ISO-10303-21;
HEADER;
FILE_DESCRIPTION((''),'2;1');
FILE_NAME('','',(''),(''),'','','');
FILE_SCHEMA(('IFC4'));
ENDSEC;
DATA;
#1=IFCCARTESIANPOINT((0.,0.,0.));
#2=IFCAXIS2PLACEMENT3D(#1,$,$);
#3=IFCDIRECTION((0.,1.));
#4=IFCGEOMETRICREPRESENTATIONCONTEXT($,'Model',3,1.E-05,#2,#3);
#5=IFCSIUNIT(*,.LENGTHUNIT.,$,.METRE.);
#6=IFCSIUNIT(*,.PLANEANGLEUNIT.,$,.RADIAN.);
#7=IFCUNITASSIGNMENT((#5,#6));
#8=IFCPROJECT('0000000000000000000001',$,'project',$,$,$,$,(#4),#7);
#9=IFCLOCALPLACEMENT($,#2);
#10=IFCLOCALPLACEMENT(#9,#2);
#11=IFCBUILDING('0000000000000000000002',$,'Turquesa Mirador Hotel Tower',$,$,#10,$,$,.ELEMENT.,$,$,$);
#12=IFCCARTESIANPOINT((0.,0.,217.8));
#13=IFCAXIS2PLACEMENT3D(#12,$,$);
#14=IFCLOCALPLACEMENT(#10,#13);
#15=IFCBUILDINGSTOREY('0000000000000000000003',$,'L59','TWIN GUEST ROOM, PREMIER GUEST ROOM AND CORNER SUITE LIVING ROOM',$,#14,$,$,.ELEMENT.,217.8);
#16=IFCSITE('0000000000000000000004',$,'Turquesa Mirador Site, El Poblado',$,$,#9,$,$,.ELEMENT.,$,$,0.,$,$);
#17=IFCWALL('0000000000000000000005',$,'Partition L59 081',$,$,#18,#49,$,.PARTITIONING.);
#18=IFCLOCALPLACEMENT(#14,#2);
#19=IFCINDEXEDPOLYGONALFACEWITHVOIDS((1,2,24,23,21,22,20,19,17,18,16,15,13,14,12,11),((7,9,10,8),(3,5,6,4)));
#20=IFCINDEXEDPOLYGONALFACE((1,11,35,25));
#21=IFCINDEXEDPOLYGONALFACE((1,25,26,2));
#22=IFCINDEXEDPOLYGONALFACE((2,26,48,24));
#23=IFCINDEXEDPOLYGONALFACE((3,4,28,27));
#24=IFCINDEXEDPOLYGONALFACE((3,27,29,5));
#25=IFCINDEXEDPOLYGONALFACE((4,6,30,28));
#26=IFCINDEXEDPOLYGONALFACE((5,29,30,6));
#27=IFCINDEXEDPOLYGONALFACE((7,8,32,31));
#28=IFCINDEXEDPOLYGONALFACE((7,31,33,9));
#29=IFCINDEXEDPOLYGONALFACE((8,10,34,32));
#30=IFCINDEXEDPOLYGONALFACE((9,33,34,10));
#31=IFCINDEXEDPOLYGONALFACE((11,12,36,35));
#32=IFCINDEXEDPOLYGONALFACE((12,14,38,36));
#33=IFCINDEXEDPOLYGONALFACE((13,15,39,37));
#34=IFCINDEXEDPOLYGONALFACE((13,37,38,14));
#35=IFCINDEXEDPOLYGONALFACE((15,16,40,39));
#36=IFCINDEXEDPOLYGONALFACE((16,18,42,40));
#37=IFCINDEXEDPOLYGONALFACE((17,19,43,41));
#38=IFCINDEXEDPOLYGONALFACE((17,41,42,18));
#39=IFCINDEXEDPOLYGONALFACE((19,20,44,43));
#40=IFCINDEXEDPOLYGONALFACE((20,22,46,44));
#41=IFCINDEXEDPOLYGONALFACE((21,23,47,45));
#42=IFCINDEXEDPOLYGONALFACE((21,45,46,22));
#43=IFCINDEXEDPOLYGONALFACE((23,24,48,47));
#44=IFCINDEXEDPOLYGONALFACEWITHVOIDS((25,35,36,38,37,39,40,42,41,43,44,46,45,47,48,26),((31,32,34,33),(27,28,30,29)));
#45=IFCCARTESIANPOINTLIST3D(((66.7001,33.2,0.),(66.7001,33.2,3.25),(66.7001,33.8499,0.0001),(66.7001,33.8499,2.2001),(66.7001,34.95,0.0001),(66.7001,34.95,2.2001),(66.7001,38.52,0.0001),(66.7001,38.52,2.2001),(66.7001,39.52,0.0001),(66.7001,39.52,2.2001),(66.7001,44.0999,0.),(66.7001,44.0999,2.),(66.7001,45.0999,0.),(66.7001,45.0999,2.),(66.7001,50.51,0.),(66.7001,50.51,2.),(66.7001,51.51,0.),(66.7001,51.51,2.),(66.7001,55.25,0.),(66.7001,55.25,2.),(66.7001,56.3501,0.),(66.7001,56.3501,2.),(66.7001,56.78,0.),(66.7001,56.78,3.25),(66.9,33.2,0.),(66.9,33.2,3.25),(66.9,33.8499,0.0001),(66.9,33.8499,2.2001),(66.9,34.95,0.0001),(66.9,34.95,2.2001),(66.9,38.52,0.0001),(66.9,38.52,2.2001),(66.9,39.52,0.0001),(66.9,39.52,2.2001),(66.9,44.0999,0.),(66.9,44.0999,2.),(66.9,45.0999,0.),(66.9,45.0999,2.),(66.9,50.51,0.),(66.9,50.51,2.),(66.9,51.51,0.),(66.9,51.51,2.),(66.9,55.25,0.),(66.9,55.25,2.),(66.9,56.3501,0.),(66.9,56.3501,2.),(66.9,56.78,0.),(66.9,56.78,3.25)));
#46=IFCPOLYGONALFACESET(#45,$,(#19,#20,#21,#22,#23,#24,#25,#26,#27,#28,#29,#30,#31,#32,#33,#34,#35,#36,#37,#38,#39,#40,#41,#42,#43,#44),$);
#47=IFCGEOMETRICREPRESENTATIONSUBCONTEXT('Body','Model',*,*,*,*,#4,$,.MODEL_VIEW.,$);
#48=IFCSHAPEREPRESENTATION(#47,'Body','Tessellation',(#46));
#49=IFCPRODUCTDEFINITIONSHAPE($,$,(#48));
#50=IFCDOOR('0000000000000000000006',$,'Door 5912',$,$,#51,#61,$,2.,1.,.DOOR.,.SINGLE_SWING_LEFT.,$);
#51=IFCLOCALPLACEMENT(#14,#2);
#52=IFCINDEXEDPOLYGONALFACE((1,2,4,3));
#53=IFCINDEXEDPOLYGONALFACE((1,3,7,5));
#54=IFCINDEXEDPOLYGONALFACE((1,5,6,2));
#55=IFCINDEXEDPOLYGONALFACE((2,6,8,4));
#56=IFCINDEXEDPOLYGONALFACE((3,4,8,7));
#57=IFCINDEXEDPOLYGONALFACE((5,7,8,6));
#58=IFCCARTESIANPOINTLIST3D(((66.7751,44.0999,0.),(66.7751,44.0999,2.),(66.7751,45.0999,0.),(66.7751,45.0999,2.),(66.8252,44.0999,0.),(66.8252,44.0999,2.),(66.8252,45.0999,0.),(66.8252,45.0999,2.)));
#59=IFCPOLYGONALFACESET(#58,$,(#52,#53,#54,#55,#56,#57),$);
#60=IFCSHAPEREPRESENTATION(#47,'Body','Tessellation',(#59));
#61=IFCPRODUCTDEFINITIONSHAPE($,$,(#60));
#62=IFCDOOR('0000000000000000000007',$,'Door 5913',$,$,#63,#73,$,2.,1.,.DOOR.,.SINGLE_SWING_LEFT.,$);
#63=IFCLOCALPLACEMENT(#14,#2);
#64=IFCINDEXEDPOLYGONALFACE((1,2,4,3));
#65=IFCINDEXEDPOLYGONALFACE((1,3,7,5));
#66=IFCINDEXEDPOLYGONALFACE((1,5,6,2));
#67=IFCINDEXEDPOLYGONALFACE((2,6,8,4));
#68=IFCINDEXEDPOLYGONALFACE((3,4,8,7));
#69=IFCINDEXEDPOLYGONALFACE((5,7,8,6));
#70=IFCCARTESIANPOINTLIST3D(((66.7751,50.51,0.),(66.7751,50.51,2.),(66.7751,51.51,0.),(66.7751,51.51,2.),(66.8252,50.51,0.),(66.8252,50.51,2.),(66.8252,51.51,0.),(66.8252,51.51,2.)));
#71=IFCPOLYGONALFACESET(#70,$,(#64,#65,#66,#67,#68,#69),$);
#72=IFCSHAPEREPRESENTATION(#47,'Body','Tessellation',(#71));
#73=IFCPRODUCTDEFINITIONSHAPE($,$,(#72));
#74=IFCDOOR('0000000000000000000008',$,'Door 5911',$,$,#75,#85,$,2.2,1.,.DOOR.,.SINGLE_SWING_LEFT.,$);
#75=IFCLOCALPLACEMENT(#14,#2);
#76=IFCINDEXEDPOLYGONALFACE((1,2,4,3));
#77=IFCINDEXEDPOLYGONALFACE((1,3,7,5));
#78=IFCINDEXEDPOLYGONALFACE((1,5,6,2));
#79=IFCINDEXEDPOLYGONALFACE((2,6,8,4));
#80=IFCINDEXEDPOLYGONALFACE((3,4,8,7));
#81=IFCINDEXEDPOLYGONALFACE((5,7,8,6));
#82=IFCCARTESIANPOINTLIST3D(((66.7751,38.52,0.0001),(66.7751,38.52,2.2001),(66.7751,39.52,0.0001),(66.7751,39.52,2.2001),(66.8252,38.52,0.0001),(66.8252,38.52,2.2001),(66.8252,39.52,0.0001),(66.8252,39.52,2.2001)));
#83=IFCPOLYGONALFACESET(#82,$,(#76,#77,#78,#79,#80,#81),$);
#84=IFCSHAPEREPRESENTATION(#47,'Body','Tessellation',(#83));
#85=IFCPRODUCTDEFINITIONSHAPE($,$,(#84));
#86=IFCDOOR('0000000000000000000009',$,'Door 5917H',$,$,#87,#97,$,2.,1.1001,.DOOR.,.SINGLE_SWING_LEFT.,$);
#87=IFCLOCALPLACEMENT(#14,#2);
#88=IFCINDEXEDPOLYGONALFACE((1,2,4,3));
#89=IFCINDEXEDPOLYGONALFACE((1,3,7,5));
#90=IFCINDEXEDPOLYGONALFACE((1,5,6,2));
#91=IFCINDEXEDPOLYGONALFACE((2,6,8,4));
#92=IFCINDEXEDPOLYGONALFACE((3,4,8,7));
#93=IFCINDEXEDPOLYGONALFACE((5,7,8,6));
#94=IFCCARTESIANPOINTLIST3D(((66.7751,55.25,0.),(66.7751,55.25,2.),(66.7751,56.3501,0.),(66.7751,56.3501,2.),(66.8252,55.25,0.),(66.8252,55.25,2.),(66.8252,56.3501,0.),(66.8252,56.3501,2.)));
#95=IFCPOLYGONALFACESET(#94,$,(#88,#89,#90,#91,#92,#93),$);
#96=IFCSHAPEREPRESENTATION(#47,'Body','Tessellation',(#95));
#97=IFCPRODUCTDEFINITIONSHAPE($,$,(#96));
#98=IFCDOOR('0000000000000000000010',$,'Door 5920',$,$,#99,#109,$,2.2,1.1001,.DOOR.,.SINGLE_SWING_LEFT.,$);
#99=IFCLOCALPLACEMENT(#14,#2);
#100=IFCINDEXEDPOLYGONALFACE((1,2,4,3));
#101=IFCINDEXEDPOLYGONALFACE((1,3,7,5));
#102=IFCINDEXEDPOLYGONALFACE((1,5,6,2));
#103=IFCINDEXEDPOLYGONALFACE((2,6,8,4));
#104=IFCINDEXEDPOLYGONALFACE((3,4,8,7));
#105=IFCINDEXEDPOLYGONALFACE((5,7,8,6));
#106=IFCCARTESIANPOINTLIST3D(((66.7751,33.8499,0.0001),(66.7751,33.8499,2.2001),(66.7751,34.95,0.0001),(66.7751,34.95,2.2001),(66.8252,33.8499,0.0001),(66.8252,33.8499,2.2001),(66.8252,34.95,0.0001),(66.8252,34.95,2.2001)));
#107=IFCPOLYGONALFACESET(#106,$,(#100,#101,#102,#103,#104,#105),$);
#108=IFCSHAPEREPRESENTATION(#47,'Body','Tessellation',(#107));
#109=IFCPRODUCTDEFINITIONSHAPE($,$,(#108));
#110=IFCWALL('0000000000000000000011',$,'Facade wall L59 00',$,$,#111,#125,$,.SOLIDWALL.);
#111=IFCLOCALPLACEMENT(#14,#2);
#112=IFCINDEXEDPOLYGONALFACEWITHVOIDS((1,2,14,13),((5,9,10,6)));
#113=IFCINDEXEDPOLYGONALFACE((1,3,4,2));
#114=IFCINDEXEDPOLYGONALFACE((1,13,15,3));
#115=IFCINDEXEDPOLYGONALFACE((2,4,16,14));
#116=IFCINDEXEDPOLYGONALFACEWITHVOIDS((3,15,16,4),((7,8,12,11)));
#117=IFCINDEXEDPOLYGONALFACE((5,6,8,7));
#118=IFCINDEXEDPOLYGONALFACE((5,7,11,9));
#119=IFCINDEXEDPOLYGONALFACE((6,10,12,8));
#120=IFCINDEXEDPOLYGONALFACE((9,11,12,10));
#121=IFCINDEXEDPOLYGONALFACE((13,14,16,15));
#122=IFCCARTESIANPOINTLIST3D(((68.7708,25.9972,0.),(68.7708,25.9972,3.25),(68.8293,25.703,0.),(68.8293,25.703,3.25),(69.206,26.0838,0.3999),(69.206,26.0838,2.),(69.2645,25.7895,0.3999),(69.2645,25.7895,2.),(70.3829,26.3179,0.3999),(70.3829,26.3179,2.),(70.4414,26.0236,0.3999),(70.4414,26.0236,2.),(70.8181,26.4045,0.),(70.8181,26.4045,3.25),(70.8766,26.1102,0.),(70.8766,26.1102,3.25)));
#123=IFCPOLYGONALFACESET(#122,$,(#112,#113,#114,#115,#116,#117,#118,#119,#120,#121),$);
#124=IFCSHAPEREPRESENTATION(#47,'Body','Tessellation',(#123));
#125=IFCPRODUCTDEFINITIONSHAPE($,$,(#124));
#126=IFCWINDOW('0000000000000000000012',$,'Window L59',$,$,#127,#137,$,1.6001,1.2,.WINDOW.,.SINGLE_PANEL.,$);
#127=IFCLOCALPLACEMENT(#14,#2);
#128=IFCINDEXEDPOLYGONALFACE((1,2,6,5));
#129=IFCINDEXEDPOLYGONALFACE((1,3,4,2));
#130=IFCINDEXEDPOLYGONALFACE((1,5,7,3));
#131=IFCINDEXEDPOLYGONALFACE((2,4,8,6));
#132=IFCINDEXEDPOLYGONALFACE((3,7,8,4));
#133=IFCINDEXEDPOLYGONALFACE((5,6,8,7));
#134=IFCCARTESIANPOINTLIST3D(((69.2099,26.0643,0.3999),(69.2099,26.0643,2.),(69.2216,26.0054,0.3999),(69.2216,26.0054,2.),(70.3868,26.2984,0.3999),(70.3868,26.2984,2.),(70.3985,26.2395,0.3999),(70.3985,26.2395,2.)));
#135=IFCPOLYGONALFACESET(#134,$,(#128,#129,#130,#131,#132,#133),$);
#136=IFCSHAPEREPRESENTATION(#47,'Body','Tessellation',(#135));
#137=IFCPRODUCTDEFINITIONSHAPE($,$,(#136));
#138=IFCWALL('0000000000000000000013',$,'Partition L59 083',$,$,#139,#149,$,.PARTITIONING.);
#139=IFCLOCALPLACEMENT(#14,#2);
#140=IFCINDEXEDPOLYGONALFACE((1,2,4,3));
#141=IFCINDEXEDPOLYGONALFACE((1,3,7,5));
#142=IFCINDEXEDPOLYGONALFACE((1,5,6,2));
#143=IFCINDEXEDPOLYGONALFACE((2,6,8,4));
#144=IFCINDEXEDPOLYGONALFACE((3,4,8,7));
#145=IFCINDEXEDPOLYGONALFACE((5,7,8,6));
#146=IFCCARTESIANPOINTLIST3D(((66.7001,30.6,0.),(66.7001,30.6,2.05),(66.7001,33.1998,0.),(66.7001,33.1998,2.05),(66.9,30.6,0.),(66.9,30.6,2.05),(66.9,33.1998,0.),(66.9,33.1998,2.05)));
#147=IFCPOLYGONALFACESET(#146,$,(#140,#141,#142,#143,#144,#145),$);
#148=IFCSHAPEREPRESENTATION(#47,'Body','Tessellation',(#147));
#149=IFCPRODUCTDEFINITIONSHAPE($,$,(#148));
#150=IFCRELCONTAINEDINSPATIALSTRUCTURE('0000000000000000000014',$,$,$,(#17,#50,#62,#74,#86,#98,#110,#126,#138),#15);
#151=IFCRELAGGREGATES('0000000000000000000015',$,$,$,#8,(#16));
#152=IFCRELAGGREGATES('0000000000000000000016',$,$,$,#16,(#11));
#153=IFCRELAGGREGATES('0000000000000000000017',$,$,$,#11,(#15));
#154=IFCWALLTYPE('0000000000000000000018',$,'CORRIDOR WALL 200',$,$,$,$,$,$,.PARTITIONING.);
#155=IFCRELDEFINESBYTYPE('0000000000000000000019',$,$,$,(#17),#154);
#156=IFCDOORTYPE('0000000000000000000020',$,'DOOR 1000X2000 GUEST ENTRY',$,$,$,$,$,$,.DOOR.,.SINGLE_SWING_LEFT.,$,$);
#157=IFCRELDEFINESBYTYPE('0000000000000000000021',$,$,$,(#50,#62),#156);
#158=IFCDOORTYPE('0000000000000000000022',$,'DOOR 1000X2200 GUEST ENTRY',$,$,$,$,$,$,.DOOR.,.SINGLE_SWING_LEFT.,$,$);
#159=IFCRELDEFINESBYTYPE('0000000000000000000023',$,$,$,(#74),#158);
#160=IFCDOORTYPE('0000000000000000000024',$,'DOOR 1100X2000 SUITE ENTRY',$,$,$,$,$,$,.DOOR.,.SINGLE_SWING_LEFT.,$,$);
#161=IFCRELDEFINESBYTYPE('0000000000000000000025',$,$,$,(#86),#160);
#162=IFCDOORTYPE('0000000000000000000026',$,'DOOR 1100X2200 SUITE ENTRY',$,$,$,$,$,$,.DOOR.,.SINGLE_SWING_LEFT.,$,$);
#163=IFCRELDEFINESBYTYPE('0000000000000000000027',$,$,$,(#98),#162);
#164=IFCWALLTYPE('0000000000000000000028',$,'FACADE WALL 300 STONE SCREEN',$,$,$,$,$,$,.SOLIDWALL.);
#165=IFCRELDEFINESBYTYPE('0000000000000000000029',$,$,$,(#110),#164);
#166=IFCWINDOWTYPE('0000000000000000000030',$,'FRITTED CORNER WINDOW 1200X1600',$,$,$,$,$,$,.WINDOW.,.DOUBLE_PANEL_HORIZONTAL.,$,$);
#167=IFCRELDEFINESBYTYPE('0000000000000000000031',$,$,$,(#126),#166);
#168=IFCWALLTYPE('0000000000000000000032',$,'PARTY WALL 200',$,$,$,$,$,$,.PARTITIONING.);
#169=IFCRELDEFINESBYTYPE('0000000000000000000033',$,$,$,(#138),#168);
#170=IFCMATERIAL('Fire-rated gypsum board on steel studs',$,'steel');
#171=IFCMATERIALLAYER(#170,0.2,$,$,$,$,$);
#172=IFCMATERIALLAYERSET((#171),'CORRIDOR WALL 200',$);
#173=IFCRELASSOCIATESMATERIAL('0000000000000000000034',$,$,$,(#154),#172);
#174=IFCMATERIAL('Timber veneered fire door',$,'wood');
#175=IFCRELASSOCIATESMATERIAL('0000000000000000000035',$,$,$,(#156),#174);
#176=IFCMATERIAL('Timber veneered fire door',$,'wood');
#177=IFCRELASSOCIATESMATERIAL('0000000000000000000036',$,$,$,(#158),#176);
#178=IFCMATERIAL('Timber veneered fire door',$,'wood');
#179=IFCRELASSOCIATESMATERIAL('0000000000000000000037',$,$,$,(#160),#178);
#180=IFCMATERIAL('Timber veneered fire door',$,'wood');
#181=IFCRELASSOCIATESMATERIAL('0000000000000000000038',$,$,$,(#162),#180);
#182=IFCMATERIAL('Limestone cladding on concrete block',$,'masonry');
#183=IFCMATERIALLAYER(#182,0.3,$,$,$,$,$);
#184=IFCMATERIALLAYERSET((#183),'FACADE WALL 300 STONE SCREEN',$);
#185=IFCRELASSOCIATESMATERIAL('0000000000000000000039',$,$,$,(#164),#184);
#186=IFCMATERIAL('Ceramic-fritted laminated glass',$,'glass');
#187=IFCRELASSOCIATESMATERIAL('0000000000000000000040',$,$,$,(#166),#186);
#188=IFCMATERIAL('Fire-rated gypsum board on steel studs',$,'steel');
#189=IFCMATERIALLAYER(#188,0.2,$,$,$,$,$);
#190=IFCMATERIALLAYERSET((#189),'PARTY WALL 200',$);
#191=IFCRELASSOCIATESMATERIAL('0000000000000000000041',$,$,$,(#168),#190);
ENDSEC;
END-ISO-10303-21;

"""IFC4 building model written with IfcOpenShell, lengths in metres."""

from ifc_helpers import new_model, si_unit, direction, frame, frame_2d, origin, place, context, subcontext, project, spatial, rectangle, extrude, material, layer, layer_set, type_object, element, fill, save


model = new_model("IFC4")

# Units and contexts
model_context = context("Model", 3, precision=1e-05, world=origin(), true_north=direction((0.0, 1.0)))
body_context = subcontext(model_context, "Body", "Model", "MODEL_VIEW")
ifc_project = project(units=[si_unit("LENGTHUNIT", "METRE"), si_unit("PLANEANGLEUNIT", "RADIAN")], contexts=[model_context])

# Site, building, storey
site_placement = place(None, origin())
site = spatial("IfcSite", under=ifc_project, at=site_placement, Name="Turquesa Mirador Site, El Poblado", CompositionType="ELEMENT", RefElevation=0.0)
building_placement = place(site_placement, origin())
building = spatial("IfcBuilding", under=site, at=building_placement, Name="Turquesa Mirador Hotel Tower", CompositionType="ELEMENT")
storey_placement = place(building_placement, frame((0.0, 0.0, 217.8)))
storey = spatial("IfcBuildingStorey", under=building, at=storey_placement, Name="L59", Description="TWIN GUEST ROOM, PREMIER GUEST ROOM AND CORNER SUITE LIVING ROOM", CompositionType="ELEMENT", Elevation=217.8)

# Wall, openings, doors
ifc_material_1 = material(Name="Fire-rated gypsum board on steel studs", Category="steel")
ifc_layer_1 = layer(ifc_material_1, 0.2)
ifc_layer_set_1 = layer_set([ifc_layer_1], Name="CORRIDOR WALL 200")
wall_type_1 = type_object("IfcWallType", Name="CORRIDOR WALL 200", PredefinedType="PARTITIONING", material=ifc_layer_set_1)
wall_1_placement = place(storey_placement, frame((66.8, 33.2, 0.0), z_axis=(0.0, 0.0, 1.0), x_axis=(0.0, 1.0, 0.0)))
wall_1 = element("IfcWall", 1, at=wall_1_placement, inside=storey, type_object=wall_type_1, Name="Partition L59 081", PredefinedType="PARTITIONING", context=body_context, shape_type="SweptSolid", body=[
    extrude(rectangle(XDim=23.5801, YDim=0.2, at=frame_2d((11.79, 0.0))), origin(), (0.0, 0.0, 1.0), 3.25),
])
opening_1_placement = place(wall_1_placement, frame((5.3201, 0.0, 0.0)))
opening_1 = element("IfcOpeningElement", 2, at=opening_1_placement, cuts=wall_1, PredefinedType="OPENING", context=body_context, shape_type="SweptSolid", body=[
    extrude(rectangle(XDim=1.0, YDim=2.2, at=frame_2d((0.5, 1.1001))), frame((0.0, 0.1099, 0.0), z_axis=(0.0, -1.0, 0.0), x_axis=(1.0, 0.0, 0.0)), (0.0, 0.0, 1.0), 0.22),
])
opening_2_placement = place(wall_1_placement, frame((10.8999, 0.0, 0.0)))
opening_2 = element("IfcOpeningElement", 3, at=opening_2_placement, cuts=wall_1, PredefinedType="OPENING", context=body_context, shape_type="SweptSolid", body=[
    extrude(rectangle(XDim=1.0, YDim=2.0, at=frame_2d((0.5, 1.0))), frame((0.0, 0.1099, 0.0), z_axis=(0.0, -1.0, 0.0), x_axis=(1.0, 0.0, 0.0)), (0.0, 0.0, 1.0), 0.22),
])
opening_3_placement = place(wall_1_placement, frame((17.3101, 0.0, 0.0)))
opening_3 = element("IfcOpeningElement", 4, at=opening_3_placement, cuts=wall_1, PredefinedType="OPENING", context=body_context, shape_type="SweptSolid", body=[
    extrude(rectangle(XDim=1.0, YDim=2.0, at=frame_2d((0.5, 1.0))), frame((0.0, 0.1099, 0.0), z_axis=(0.0, -1.0, 0.0), x_axis=(1.0, 0.0, 0.0)), (0.0, 0.0, 1.0), 0.22),
])
opening_4_placement = place(wall_1_placement, frame((22.05, 0.0, 0.0)))
opening_4 = element("IfcOpeningElement", 5, at=opening_4_placement, cuts=wall_1, PredefinedType="OPENING", context=body_context, shape_type="SweptSolid", body=[
    extrude(rectangle(XDim=1.1001, YDim=2.0, at=frame_2d((0.55, 1.0))), frame((0.0, 0.1099, 0.0), z_axis=(0.0, -1.0, 0.0), x_axis=(1.0, 0.0, 0.0)), (0.0, 0.0, 1.0), 0.22),
])
opening_5_placement = place(wall_1_placement, frame((0.6499, 0.0, 0.0)))
opening_5 = element("IfcOpeningElement", 6, at=opening_5_placement, cuts=wall_1, PredefinedType="OPENING", context=body_context, shape_type="SweptSolid", body=[
    extrude(rectangle(XDim=1.1001, YDim=2.2, at=frame_2d((0.55, 1.1001))), frame((0.0, 0.1099, 0.0), z_axis=(0.0, -1.0, 0.0), x_axis=(1.0, 0.0, 0.0)), (0.0, 0.0, 1.0), 0.22),
])
ifc_material_2 = material(Name="Timber veneered fire door", Category="wood")
door_type_1 = type_object("IfcDoorType", Name="DOOR 1000X2000 GUEST ENTRY", OperationType="SINGLE_SWING_LEFT", PredefinedType="DOOR", material=ifc_material_2)
door_1_placement = place(opening_2_placement, origin())
door_1 = element("IfcDoor", 7, at=door_1_placement, inside=storey, type_object=door_type_1, Name="Door 5912", OperationType="SINGLE_SWING_LEFT", OverallHeight=2.0, OverallWidth=1.0, PredefinedType="DOOR", context=body_context, shape_type="SweptSolid", body=[
    extrude(rectangle(XDim=1.0, YDim=2.0, at=frame_2d((0.5, 1.0))), frame((0.0, 0.0249, 0.0), z_axis=(0.0, -1.0, 0.0), x_axis=(1.0, 0.0, 0.0)), (0.0, 0.0, 1.0), 0.05),
])
fill(opening_2, door_1)
door_2_placement = place(opening_3_placement, origin())
door_2 = element("IfcDoor", 8, at=door_2_placement, inside=storey, type_object=door_type_1, Name="Door 5913", OperationType="SINGLE_SWING_LEFT", OverallHeight=2.0, OverallWidth=1.0, PredefinedType="DOOR", context=body_context, shape_type="SweptSolid", body=[
    extrude(rectangle(XDim=1.0, YDim=2.0, at=frame_2d((0.5, 1.0))), frame((0.0, 0.0249, 0.0), z_axis=(0.0, -1.0, 0.0), x_axis=(1.0, 0.0, 0.0)), (0.0, 0.0, 1.0), 0.05),
])
fill(opening_3, door_2)
ifc_material_3 = material(Name="Timber veneered fire door", Category="wood")
door_type_2 = type_object("IfcDoorType", Name="DOOR 1000X2200 GUEST ENTRY", OperationType="SINGLE_SWING_LEFT", PredefinedType="DOOR", material=ifc_material_3)
door_3_placement = place(opening_1_placement, origin())
door_3 = element("IfcDoor", 9, at=door_3_placement, inside=storey, type_object=door_type_2, Name="Door 5911", OperationType="SINGLE_SWING_LEFT", OverallHeight=2.2, OverallWidth=1.0, PredefinedType="DOOR", context=body_context, shape_type="SweptSolid", body=[
    extrude(rectangle(XDim=1.0, YDim=2.2, at=frame_2d((0.5, 1.1001))), frame((0.0, 0.0249, 0.0), z_axis=(0.0, -1.0, 0.0), x_axis=(1.0, 0.0, 0.0)), (0.0, 0.0, 1.0), 0.05),
])
fill(opening_1, door_3)
ifc_material_4 = material(Name="Timber veneered fire door", Category="wood")
door_type_3 = type_object("IfcDoorType", Name="DOOR 1100X2000 SUITE ENTRY", OperationType="SINGLE_SWING_LEFT", PredefinedType="DOOR", material=ifc_material_4)
door_4_placement = place(opening_4_placement, origin())
door_4 = element("IfcDoor", 10, at=door_4_placement, inside=storey, type_object=door_type_3, Name="Door 5917H", OperationType="SINGLE_SWING_LEFT", OverallHeight=2.0, OverallWidth=1.1001, PredefinedType="DOOR", context=body_context, shape_type="SweptSolid", body=[
    extrude(rectangle(XDim=1.1001, YDim=2.0, at=frame_2d((0.55, 1.0))), frame((0.0, 0.0249, 0.0), z_axis=(0.0, -1.0, 0.0), x_axis=(1.0, 0.0, 0.0)), (0.0, 0.0, 1.0), 0.05),
])
fill(opening_4, door_4)
ifc_material_5 = material(Name="Timber veneered fire door", Category="wood")
door_type_4 = type_object("IfcDoorType", Name="DOOR 1100X2200 SUITE ENTRY", OperationType="SINGLE_SWING_LEFT", PredefinedType="DOOR", material=ifc_material_5)
door_5_placement = place(opening_5_placement, origin())
door_5 = element("IfcDoor", 11, at=door_5_placement, inside=storey, type_object=door_type_4, Name="Door 5920", OperationType="SINGLE_SWING_LEFT", OverallHeight=2.2, OverallWidth=1.1001, PredefinedType="DOOR", context=body_context, shape_type="SweptSolid", body=[
    extrude(rectangle(XDim=1.1001, YDim=2.2, at=frame_2d((0.55, 1.1001))), frame((0.0, 0.0249, 0.0), z_axis=(0.0, -1.0, 0.0), x_axis=(1.0, 0.0, 0.0)), (0.0, 0.0, 1.0), 0.05),
])
fill(opening_5, door_5)

# Wall, opening, window
ifc_material_6 = material(Name="Limestone cladding on concrete block", Category="masonry")
ifc_layer_2 = layer(ifc_material_6, 0.3)
ifc_layer_set_2 = layer_set([ifc_layer_2], Name="FACADE WALL 300 STONE SCREEN")
wall_type_2 = type_object("IfcWallType", Name="FACADE WALL 300 STONE SCREEN", PredefinedType="SOLIDWALL", material=ifc_layer_set_2)
wall_2_placement = place(storey_placement, frame((68.8, 25.8501, 0.0), z_axis=(0.0, 0.0, 1.0), x_axis=(0.980787, 0.195081, 0.0)))
wall_2 = element("IfcWall", 12, at=wall_2_placement, inside=storey, type_object=wall_type_2, Name="Facade wall L59 00", PredefinedType="SOLIDWALL", context=body_context, shape_type="SweptSolid", body=[
    extrude(rectangle(XDim=2.0874, YDim=0.3, at=frame_2d((1.0437, 0.0))), origin(), (0.0, 0.0, 1.0), 3.25),
])
opening_6_placement = place(wall_2_placement, frame((0.4436, 0.0, 0.3999)))
opening_6 = element("IfcOpeningElement", 13, at=opening_6_placement, cuts=wall_2, PredefinedType="OPENING", context=body_context, shape_type="SweptSolid", body=[
    extrude(rectangle(XDim=1.2, YDim=1.6001, at=frame_2d((0.6001, 0.8))), frame((0.0, 0.1599, 0.0), z_axis=(0.0, -1.0, 0.0), x_axis=(1.0, 0.0, 0.0)), (0.0, 0.0, 1.0), 0.3201),
])
ifc_material_7 = material(Name="Ceramic-fritted laminated glass", Category="glass")
window_type = type_object("IfcWindowType", Name="FRITTED CORNER WINDOW 1200X1600", PartitioningType="DOUBLE_PANEL_HORIZONTAL", PredefinedType="WINDOW", material=ifc_material_7)
window_placement = place(opening_6_placement, origin())
window = element("IfcWindow", 14, at=window_placement, inside=storey, type_object=window_type, Name="Window L59", OverallHeight=1.6001, OverallWidth=1.2, PartitioningType="SINGLE_PANEL", PredefinedType="WINDOW", context=body_context, shape_type="SweptSolid", body=[
    extrude(rectangle(XDim=1.2, YDim=1.6001, at=frame_2d((0.6001, 0.8))), frame((0.0, 0.1301, 0.0), z_axis=(0.0, -1.0, 0.0), x_axis=(1.0, 0.0, 0.0)), (0.0, 0.0, 1.0), 0.0601),
])
fill(opening_6, window)

# Wall
ifc_material_8 = material(Name="Fire-rated gypsum board on steel studs", Category="steel")
ifc_layer_3 = layer(ifc_material_8, 0.2)
ifc_layer_set_3 = layer_set([ifc_layer_3], Name="PARTY WALL 200")
wall_type_3 = type_object("IfcWallType", Name="PARTY WALL 200", PredefinedType="PARTITIONING", material=ifc_layer_set_3)
wall_3_placement = place(storey_placement, frame((66.8, 30.6001, 0.0), z_axis=(0.0, 0.0, 1.0), x_axis=(0.0, 1.0, 0.0)))
element("IfcWall", 15, at=wall_3_placement, inside=storey, type_object=wall_type_3, Name="Partition L59 083", PredefinedType="PARTITIONING", context=body_context, shape_type="SweptSolid", body=[
    extrude(rectangle(XDim=2.5999, YDim=0.2, at=frame_2d((1.2998, 0.0))), origin(), (0.0, 0.0, 1.0), 2.05),
])

save(model, "model.ifc")
